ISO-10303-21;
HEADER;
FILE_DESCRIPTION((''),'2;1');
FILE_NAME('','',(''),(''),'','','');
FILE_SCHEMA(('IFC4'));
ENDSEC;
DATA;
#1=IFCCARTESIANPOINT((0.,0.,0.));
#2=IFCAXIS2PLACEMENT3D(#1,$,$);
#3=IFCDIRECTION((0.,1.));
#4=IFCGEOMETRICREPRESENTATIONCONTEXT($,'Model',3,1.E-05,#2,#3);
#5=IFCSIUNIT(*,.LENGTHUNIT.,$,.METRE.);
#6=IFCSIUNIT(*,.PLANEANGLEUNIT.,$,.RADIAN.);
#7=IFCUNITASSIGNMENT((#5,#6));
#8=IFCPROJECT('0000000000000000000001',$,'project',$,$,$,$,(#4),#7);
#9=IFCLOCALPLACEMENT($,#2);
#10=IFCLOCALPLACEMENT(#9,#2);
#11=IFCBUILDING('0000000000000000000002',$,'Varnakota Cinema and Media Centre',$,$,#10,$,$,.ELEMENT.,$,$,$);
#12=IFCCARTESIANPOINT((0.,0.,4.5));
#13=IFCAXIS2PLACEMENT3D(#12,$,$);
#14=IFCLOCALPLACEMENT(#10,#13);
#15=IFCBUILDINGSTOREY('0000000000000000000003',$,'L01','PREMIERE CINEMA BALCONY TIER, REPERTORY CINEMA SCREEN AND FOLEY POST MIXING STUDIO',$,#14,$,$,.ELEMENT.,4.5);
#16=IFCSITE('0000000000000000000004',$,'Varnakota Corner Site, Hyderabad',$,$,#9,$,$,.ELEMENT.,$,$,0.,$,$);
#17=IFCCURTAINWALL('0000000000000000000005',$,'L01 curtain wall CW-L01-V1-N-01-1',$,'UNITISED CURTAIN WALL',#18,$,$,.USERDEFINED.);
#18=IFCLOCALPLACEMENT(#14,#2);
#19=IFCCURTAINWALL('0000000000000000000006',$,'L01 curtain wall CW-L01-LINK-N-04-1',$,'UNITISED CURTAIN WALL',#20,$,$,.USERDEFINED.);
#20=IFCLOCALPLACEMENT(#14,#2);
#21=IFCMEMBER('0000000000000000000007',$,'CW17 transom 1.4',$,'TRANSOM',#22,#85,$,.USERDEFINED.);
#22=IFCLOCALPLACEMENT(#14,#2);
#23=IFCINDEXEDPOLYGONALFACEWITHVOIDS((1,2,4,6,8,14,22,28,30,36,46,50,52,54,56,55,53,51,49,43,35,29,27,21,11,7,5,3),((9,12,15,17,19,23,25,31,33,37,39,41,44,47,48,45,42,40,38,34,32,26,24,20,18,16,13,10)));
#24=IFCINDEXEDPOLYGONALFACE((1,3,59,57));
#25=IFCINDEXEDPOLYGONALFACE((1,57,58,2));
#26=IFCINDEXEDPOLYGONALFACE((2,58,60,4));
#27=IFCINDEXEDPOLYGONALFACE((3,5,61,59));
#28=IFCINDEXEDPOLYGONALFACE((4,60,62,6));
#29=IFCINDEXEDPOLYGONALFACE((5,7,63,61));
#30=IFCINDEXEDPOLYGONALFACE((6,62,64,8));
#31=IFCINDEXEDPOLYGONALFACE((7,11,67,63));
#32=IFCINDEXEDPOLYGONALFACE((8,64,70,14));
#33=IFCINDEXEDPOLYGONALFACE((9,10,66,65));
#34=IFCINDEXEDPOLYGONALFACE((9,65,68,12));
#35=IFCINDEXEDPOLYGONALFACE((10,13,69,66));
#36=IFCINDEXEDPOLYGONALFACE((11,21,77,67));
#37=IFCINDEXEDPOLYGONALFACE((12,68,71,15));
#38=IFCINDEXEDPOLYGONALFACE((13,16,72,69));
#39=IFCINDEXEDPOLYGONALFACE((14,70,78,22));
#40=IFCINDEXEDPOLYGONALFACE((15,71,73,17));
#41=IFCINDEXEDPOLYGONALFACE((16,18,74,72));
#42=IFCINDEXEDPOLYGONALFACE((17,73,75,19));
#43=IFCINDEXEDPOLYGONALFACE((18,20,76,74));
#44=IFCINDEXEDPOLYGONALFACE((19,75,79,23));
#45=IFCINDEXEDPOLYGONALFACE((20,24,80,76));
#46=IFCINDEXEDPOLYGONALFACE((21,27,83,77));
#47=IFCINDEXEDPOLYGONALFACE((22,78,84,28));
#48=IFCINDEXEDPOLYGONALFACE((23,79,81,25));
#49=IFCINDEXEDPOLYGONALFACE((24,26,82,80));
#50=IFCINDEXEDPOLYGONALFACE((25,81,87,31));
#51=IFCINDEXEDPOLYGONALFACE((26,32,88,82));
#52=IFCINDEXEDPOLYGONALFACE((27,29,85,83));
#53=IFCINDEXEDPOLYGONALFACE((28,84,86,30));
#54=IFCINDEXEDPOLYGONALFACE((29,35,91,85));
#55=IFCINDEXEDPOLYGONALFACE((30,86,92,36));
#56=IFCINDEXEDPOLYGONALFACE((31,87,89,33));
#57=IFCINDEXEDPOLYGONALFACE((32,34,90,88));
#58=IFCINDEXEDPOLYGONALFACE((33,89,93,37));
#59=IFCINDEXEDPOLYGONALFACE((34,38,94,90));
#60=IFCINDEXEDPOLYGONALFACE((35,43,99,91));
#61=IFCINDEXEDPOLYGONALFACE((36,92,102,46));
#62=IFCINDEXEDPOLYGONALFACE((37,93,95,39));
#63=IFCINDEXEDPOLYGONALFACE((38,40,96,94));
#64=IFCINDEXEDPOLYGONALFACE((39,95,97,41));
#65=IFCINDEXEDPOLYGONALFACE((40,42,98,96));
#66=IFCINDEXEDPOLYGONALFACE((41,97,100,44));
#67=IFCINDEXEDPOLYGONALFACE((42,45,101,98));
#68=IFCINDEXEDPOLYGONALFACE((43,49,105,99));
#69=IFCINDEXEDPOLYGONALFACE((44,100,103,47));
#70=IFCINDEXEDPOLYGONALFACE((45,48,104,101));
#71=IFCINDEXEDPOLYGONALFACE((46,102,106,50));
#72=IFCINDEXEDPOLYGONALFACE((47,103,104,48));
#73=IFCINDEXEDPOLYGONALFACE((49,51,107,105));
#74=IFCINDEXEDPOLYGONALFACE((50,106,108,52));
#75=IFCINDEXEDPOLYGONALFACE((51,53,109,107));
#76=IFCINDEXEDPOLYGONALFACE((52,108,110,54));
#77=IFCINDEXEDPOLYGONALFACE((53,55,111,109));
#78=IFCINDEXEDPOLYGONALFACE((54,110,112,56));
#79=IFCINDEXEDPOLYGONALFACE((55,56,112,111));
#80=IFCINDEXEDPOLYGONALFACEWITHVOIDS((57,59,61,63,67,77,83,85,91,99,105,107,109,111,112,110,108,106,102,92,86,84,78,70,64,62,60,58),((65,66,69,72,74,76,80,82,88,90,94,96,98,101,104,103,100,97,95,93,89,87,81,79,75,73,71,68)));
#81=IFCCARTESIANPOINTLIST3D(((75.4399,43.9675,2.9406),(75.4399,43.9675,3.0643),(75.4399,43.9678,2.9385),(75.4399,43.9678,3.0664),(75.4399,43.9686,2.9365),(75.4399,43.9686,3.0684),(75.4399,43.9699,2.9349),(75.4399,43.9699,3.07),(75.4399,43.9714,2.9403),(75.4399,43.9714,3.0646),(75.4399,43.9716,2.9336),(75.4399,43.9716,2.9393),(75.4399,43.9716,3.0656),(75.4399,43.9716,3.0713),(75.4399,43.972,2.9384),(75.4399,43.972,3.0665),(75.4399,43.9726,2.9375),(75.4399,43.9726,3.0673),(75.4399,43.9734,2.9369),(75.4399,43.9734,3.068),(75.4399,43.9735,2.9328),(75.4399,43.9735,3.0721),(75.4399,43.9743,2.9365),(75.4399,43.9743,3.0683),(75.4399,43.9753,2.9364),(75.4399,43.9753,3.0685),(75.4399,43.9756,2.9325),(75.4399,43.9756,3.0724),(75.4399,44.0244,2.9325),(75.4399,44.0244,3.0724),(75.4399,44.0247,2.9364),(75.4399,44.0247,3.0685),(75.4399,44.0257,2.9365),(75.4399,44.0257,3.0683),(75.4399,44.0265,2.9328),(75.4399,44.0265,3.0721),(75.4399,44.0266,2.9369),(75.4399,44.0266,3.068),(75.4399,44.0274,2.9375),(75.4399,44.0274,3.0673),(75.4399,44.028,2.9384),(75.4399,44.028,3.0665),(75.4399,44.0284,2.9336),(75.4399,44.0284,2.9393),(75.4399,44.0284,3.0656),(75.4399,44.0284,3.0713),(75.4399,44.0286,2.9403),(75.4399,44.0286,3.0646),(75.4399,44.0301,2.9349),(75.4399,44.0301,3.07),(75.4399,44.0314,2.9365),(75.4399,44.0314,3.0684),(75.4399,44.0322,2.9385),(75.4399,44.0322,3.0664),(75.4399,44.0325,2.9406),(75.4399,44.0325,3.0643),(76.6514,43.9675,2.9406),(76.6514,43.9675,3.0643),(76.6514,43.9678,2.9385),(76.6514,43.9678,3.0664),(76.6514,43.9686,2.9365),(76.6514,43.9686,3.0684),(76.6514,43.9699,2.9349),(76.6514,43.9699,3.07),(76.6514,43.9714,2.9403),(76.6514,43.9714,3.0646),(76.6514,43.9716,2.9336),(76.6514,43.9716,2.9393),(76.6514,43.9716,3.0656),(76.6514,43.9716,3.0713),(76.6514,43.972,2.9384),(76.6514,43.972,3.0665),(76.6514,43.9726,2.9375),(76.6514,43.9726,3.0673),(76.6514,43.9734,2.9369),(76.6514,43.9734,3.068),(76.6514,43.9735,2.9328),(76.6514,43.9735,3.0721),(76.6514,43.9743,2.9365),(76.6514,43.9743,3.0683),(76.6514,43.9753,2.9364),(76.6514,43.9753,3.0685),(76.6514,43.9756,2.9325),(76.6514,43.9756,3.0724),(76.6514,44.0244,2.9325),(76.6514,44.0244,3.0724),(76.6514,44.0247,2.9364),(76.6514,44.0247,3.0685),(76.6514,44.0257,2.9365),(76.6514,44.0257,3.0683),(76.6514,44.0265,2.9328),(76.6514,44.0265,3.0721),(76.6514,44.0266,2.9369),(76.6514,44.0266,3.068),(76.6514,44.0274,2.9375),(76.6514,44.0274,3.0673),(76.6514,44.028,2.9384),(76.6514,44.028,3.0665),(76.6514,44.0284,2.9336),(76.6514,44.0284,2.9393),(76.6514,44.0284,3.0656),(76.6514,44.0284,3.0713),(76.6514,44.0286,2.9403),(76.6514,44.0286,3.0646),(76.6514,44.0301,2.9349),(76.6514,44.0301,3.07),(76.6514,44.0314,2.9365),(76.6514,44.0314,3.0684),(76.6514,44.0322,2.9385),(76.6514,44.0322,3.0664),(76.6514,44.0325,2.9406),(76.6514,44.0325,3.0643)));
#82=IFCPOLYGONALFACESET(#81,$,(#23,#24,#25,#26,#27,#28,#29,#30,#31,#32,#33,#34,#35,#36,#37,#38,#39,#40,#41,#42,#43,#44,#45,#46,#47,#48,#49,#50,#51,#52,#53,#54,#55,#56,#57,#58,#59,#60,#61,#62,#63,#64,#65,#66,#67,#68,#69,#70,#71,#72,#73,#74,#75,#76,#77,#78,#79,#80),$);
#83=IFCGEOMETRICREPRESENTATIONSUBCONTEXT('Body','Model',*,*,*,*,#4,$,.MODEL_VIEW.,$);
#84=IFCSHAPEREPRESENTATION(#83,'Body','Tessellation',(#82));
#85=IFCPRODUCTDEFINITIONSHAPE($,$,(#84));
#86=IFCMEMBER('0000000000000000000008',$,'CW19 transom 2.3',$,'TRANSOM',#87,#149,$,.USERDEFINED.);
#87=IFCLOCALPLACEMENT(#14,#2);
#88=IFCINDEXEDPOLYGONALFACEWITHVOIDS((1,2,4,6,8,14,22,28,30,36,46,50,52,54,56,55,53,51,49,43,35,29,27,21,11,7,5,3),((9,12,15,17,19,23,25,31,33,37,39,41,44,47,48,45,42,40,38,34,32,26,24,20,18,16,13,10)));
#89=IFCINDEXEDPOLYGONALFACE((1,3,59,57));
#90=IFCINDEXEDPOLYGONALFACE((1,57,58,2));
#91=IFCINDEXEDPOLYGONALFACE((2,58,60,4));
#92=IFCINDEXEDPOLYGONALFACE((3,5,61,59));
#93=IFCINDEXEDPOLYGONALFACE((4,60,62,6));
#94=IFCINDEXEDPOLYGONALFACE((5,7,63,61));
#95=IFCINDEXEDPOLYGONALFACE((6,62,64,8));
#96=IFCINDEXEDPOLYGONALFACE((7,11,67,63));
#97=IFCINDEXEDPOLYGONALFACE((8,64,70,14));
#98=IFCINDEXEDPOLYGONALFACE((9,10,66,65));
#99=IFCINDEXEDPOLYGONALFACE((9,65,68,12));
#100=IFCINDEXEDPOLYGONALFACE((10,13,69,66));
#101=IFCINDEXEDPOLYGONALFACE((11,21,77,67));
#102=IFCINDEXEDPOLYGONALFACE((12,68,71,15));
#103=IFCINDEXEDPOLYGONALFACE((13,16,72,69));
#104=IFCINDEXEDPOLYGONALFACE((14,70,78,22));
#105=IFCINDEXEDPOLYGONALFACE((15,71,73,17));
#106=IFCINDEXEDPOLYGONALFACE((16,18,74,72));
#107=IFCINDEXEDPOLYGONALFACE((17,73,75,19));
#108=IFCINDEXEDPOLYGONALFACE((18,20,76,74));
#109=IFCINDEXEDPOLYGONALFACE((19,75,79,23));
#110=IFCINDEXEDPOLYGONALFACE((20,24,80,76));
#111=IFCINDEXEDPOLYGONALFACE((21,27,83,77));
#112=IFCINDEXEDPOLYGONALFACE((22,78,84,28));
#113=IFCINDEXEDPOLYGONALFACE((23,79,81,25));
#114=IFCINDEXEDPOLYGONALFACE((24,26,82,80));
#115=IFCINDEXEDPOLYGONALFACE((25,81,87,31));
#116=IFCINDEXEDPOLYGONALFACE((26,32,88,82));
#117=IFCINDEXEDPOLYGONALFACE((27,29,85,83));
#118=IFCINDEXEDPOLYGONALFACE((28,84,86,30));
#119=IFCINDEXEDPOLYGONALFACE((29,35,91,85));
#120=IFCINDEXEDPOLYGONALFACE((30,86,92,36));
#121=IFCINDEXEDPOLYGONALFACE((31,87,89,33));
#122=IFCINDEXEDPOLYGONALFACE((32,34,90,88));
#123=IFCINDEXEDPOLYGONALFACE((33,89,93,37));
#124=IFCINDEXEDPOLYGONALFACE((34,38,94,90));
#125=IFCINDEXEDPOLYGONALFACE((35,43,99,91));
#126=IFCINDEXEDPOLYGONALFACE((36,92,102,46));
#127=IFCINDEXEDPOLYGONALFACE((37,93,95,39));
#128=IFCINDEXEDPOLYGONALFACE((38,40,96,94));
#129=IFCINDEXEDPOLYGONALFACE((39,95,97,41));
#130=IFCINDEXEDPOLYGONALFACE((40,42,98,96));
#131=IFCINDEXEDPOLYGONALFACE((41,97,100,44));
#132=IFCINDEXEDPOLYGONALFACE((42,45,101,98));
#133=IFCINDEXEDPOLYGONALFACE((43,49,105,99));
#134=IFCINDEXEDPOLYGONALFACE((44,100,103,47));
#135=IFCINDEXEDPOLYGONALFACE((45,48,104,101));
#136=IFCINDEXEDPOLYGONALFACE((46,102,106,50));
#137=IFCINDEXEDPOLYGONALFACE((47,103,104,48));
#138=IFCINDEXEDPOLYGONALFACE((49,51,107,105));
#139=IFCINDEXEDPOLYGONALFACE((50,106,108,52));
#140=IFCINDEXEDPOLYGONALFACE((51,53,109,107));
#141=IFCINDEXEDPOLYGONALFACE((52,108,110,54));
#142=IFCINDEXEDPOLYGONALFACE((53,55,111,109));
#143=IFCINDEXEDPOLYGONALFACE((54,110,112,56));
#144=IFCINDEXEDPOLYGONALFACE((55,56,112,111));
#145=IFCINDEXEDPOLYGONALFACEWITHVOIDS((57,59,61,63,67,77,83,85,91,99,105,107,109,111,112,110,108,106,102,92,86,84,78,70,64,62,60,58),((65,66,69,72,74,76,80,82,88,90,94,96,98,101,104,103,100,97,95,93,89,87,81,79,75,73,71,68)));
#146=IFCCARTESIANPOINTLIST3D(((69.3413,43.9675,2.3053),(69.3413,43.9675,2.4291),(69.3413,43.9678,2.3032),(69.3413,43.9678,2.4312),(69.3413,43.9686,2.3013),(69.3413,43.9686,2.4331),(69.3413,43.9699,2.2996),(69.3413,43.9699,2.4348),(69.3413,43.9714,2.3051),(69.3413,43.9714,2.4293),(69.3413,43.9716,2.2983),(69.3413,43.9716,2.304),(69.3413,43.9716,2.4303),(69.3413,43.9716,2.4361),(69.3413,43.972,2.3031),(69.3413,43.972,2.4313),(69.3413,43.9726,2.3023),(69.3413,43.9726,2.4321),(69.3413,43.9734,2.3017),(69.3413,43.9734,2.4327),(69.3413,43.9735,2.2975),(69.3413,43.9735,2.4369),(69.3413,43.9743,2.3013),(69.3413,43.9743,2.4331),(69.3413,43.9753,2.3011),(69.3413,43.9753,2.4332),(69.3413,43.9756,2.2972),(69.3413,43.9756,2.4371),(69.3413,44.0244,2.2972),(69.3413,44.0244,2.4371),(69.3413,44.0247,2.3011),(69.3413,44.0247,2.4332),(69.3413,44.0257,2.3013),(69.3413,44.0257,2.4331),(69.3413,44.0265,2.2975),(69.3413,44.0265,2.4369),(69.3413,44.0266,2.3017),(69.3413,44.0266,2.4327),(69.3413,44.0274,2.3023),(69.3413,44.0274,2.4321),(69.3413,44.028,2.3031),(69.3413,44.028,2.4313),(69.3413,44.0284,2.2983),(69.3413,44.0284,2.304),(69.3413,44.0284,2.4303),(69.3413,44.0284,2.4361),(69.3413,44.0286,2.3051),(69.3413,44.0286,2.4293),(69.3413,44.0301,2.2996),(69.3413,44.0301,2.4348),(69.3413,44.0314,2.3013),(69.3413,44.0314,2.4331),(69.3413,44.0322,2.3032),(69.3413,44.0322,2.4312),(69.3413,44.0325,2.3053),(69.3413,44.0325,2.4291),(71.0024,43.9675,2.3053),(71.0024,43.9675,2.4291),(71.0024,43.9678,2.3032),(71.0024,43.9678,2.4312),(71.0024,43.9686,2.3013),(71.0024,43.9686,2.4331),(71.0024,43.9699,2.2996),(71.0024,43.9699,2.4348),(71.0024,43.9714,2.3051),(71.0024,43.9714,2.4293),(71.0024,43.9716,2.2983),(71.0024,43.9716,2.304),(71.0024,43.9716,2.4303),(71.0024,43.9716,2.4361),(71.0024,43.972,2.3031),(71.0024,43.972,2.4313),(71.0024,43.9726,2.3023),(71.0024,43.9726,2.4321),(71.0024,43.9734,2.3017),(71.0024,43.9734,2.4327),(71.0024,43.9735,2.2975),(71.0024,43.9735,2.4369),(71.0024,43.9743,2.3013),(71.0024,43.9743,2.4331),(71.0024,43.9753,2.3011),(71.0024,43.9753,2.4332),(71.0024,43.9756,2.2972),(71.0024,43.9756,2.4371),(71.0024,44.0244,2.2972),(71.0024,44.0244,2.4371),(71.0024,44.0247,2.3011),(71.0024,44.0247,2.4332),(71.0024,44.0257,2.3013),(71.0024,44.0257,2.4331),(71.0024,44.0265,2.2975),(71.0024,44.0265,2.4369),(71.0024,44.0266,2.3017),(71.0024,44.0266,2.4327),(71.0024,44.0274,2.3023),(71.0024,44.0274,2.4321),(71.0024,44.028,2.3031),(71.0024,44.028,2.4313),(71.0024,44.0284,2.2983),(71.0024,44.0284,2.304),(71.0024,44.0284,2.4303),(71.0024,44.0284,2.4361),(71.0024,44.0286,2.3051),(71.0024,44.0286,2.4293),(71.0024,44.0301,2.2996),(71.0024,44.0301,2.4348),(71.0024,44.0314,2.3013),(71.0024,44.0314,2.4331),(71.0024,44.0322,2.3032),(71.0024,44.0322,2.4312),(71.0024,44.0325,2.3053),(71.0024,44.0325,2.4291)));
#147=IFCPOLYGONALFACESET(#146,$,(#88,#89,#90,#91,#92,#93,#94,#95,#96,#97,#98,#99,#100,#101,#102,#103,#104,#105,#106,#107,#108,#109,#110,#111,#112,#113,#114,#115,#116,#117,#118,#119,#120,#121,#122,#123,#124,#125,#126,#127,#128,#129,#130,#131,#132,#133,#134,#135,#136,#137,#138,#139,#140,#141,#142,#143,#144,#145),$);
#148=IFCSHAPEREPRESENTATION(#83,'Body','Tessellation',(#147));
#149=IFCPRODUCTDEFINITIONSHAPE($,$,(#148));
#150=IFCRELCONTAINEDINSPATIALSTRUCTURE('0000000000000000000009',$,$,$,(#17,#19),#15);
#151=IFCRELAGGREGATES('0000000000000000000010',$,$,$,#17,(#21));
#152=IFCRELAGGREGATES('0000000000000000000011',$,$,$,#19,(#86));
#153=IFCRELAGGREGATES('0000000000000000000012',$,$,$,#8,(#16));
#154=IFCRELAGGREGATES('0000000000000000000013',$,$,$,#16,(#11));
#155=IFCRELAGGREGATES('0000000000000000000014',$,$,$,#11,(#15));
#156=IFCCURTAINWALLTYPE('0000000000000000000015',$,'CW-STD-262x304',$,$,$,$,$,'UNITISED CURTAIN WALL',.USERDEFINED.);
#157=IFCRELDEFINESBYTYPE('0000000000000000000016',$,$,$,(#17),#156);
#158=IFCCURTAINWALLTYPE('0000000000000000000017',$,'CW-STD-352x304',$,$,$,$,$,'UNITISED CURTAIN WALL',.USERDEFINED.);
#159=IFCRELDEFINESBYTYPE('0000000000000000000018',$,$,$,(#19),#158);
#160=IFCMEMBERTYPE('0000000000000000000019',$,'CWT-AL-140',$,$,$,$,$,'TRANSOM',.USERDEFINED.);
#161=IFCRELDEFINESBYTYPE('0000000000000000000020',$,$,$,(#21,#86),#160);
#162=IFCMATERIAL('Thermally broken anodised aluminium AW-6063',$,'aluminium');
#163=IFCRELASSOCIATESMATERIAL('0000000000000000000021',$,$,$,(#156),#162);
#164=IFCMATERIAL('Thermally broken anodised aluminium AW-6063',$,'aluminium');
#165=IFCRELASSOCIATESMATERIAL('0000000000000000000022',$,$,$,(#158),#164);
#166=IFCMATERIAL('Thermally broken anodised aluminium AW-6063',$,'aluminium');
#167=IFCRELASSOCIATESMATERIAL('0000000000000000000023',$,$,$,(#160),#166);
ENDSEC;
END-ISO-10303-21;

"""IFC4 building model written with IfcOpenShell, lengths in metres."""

from ifc_helpers import new_model, si_unit, direction, frame, origin, origin_2d, place, context, subcontext, project, spatial, hollow_rectangle, extrude, material, material_profile, profile_set, type_object, element, aggregate, save


model = new_model("IFC4")

# Units and contexts
model_context = context("Model", 3, precision=1e-05, world=origin(), true_north=direction((0.0, 1.0)))
body_context = subcontext(model_context, "Body", "Model", "MODEL_VIEW")
ifc_project = project(units=[si_unit("LENGTHUNIT", "METRE"), si_unit("PLANEANGLEUNIT", "RADIAN")], contexts=[model_context])

# Site, building, storey
site_placement = place(None, origin())
site = spatial("IfcSite", under=ifc_project, at=site_placement, Name="Varnakota Corner Site, Hyderabad", CompositionType="ELEMENT", RefElevation=0.0)
building_placement = place(site_placement, origin())
building = spatial("IfcBuilding", under=site, at=building_placement, Name="Varnakota Cinema and Media Centre", CompositionType="ELEMENT")
storey_placement = place(building_placement, frame((0.0, 0.0, 4.5)))
storey = spatial("IfcBuildingStorey", under=building, at=storey_placement, Name="L01", Description="PREMIERE CINEMA BALCONY TIER, REPERTORY CINEMA SCREEN AND FOLEY POST MIXING STUDIO", CompositionType="ELEMENT", Elevation=4.5)

# Curtain walls
ifc_material_1 = material(Name="Thermally broken anodised aluminium AW-6063", Category="aluminium")
curtain_wall_type_1 = type_object("IfcCurtainWallType", Name="CW-STD-262x304", ElementType="UNITISED CURTAIN WALL", PredefinedType="USERDEFINED", material=ifc_material_1)
curtain_wall_1_placement = place(storey_placement, origin())
curtain_wall_1 = element("IfcCurtainWall", 1, at=curtain_wall_1_placement, inside=storey, type_object=curtain_wall_type_1, Name="L01 curtain wall CW-L01-V1-N-01-1", ObjectType="UNITISED CURTAIN WALL", PredefinedType="USERDEFINED")
ifc_material_2 = material(Name="Thermally broken anodised aluminium AW-6063", Category="aluminium")
curtain_wall_type_2 = type_object("IfcCurtainWallType", Name="CW-STD-352x304", ElementType="UNITISED CURTAIN WALL", PredefinedType="USERDEFINED", material=ifc_material_2)
curtain_wall_2_placement = place(storey_placement, origin())
curtain_wall_2 = element("IfcCurtainWall", 2, at=curtain_wall_2_placement, inside=storey, type_object=curtain_wall_type_2, Name="L01 curtain wall CW-L01-LINK-N-04-1", ObjectType="UNITISED CURTAIN WALL", PredefinedType="USERDEFINED")

# Members
ifc_material_3 = material(Name="Thermally broken anodised aluminium AW-6063", Category="aluminium")
ifc_material_profile_1 = material_profile(ifc_material_3, hollow_rectangle(XDim=0.0649, YDim=0.1399, WallThickness=0.0039, InnerFilletRadius=0.0039, OuterFilletRadius=0.0081, at=origin_2d()), Name="AL-TRANSOM 140x65x4")
ifc_profile_set_1 = profile_set([ifc_material_profile_1], Name="Thermally broken anodised aluminium AW-6063")
member_type_1 = type_object("IfcMemberType", Name="CWT-AL-140", ElementType="TRANSOM", PredefinedType="USERDEFINED", material=ifc_profile_set_1)
member_1_placement = place(storey_placement, frame((75.4399, 44.0, 3.0024), z_axis=(1.0, 0.0, 0.0), x_axis=(0.0, 1.0, 0.0)))
member_1 = element("IfcMember", 3, at=member_1_placement, type_object=member_type_1, Name="CW17 transom 1.4", ObjectType="TRANSOM", PredefinedType="USERDEFINED", context=body_context, shape_type="SweptSolid", body=[
    extrude(hollow_rectangle(XDim=0.0649, YDim=0.1399, WallThickness=0.0039, InnerFilletRadius=0.0039, OuterFilletRadius=0.0081, at=origin_2d()), origin(), (0.0, 0.0, 1.0), 1.2114),
])
aggregate(curtain_wall_1, [member_1])
member_2_placement = place(storey_placement, frame((69.3413, 44.0, 2.3672), z_axis=(1.0, 0.0, 0.0), x_axis=(0.0, 1.0, 0.0)))
member_2 = element("IfcMember", 4, at=member_2_placement, type_object=member_type_1, Name="CW19 transom 2.3", ObjectType="TRANSOM", PredefinedType="USERDEFINED", context=body_context, shape_type="SweptSolid", body=[
    extrude(hollow_rectangle(XDim=0.0649, YDim=0.1399, WallThickness=0.0039, InnerFilletRadius=0.0039, OuterFilletRadius=0.0081, at=origin_2d()), origin(), (0.0, 0.0, 1.0), 1.6611),
])

aggregate(curtain_wall_2, [member_2])

save(model, "model.ifc")
